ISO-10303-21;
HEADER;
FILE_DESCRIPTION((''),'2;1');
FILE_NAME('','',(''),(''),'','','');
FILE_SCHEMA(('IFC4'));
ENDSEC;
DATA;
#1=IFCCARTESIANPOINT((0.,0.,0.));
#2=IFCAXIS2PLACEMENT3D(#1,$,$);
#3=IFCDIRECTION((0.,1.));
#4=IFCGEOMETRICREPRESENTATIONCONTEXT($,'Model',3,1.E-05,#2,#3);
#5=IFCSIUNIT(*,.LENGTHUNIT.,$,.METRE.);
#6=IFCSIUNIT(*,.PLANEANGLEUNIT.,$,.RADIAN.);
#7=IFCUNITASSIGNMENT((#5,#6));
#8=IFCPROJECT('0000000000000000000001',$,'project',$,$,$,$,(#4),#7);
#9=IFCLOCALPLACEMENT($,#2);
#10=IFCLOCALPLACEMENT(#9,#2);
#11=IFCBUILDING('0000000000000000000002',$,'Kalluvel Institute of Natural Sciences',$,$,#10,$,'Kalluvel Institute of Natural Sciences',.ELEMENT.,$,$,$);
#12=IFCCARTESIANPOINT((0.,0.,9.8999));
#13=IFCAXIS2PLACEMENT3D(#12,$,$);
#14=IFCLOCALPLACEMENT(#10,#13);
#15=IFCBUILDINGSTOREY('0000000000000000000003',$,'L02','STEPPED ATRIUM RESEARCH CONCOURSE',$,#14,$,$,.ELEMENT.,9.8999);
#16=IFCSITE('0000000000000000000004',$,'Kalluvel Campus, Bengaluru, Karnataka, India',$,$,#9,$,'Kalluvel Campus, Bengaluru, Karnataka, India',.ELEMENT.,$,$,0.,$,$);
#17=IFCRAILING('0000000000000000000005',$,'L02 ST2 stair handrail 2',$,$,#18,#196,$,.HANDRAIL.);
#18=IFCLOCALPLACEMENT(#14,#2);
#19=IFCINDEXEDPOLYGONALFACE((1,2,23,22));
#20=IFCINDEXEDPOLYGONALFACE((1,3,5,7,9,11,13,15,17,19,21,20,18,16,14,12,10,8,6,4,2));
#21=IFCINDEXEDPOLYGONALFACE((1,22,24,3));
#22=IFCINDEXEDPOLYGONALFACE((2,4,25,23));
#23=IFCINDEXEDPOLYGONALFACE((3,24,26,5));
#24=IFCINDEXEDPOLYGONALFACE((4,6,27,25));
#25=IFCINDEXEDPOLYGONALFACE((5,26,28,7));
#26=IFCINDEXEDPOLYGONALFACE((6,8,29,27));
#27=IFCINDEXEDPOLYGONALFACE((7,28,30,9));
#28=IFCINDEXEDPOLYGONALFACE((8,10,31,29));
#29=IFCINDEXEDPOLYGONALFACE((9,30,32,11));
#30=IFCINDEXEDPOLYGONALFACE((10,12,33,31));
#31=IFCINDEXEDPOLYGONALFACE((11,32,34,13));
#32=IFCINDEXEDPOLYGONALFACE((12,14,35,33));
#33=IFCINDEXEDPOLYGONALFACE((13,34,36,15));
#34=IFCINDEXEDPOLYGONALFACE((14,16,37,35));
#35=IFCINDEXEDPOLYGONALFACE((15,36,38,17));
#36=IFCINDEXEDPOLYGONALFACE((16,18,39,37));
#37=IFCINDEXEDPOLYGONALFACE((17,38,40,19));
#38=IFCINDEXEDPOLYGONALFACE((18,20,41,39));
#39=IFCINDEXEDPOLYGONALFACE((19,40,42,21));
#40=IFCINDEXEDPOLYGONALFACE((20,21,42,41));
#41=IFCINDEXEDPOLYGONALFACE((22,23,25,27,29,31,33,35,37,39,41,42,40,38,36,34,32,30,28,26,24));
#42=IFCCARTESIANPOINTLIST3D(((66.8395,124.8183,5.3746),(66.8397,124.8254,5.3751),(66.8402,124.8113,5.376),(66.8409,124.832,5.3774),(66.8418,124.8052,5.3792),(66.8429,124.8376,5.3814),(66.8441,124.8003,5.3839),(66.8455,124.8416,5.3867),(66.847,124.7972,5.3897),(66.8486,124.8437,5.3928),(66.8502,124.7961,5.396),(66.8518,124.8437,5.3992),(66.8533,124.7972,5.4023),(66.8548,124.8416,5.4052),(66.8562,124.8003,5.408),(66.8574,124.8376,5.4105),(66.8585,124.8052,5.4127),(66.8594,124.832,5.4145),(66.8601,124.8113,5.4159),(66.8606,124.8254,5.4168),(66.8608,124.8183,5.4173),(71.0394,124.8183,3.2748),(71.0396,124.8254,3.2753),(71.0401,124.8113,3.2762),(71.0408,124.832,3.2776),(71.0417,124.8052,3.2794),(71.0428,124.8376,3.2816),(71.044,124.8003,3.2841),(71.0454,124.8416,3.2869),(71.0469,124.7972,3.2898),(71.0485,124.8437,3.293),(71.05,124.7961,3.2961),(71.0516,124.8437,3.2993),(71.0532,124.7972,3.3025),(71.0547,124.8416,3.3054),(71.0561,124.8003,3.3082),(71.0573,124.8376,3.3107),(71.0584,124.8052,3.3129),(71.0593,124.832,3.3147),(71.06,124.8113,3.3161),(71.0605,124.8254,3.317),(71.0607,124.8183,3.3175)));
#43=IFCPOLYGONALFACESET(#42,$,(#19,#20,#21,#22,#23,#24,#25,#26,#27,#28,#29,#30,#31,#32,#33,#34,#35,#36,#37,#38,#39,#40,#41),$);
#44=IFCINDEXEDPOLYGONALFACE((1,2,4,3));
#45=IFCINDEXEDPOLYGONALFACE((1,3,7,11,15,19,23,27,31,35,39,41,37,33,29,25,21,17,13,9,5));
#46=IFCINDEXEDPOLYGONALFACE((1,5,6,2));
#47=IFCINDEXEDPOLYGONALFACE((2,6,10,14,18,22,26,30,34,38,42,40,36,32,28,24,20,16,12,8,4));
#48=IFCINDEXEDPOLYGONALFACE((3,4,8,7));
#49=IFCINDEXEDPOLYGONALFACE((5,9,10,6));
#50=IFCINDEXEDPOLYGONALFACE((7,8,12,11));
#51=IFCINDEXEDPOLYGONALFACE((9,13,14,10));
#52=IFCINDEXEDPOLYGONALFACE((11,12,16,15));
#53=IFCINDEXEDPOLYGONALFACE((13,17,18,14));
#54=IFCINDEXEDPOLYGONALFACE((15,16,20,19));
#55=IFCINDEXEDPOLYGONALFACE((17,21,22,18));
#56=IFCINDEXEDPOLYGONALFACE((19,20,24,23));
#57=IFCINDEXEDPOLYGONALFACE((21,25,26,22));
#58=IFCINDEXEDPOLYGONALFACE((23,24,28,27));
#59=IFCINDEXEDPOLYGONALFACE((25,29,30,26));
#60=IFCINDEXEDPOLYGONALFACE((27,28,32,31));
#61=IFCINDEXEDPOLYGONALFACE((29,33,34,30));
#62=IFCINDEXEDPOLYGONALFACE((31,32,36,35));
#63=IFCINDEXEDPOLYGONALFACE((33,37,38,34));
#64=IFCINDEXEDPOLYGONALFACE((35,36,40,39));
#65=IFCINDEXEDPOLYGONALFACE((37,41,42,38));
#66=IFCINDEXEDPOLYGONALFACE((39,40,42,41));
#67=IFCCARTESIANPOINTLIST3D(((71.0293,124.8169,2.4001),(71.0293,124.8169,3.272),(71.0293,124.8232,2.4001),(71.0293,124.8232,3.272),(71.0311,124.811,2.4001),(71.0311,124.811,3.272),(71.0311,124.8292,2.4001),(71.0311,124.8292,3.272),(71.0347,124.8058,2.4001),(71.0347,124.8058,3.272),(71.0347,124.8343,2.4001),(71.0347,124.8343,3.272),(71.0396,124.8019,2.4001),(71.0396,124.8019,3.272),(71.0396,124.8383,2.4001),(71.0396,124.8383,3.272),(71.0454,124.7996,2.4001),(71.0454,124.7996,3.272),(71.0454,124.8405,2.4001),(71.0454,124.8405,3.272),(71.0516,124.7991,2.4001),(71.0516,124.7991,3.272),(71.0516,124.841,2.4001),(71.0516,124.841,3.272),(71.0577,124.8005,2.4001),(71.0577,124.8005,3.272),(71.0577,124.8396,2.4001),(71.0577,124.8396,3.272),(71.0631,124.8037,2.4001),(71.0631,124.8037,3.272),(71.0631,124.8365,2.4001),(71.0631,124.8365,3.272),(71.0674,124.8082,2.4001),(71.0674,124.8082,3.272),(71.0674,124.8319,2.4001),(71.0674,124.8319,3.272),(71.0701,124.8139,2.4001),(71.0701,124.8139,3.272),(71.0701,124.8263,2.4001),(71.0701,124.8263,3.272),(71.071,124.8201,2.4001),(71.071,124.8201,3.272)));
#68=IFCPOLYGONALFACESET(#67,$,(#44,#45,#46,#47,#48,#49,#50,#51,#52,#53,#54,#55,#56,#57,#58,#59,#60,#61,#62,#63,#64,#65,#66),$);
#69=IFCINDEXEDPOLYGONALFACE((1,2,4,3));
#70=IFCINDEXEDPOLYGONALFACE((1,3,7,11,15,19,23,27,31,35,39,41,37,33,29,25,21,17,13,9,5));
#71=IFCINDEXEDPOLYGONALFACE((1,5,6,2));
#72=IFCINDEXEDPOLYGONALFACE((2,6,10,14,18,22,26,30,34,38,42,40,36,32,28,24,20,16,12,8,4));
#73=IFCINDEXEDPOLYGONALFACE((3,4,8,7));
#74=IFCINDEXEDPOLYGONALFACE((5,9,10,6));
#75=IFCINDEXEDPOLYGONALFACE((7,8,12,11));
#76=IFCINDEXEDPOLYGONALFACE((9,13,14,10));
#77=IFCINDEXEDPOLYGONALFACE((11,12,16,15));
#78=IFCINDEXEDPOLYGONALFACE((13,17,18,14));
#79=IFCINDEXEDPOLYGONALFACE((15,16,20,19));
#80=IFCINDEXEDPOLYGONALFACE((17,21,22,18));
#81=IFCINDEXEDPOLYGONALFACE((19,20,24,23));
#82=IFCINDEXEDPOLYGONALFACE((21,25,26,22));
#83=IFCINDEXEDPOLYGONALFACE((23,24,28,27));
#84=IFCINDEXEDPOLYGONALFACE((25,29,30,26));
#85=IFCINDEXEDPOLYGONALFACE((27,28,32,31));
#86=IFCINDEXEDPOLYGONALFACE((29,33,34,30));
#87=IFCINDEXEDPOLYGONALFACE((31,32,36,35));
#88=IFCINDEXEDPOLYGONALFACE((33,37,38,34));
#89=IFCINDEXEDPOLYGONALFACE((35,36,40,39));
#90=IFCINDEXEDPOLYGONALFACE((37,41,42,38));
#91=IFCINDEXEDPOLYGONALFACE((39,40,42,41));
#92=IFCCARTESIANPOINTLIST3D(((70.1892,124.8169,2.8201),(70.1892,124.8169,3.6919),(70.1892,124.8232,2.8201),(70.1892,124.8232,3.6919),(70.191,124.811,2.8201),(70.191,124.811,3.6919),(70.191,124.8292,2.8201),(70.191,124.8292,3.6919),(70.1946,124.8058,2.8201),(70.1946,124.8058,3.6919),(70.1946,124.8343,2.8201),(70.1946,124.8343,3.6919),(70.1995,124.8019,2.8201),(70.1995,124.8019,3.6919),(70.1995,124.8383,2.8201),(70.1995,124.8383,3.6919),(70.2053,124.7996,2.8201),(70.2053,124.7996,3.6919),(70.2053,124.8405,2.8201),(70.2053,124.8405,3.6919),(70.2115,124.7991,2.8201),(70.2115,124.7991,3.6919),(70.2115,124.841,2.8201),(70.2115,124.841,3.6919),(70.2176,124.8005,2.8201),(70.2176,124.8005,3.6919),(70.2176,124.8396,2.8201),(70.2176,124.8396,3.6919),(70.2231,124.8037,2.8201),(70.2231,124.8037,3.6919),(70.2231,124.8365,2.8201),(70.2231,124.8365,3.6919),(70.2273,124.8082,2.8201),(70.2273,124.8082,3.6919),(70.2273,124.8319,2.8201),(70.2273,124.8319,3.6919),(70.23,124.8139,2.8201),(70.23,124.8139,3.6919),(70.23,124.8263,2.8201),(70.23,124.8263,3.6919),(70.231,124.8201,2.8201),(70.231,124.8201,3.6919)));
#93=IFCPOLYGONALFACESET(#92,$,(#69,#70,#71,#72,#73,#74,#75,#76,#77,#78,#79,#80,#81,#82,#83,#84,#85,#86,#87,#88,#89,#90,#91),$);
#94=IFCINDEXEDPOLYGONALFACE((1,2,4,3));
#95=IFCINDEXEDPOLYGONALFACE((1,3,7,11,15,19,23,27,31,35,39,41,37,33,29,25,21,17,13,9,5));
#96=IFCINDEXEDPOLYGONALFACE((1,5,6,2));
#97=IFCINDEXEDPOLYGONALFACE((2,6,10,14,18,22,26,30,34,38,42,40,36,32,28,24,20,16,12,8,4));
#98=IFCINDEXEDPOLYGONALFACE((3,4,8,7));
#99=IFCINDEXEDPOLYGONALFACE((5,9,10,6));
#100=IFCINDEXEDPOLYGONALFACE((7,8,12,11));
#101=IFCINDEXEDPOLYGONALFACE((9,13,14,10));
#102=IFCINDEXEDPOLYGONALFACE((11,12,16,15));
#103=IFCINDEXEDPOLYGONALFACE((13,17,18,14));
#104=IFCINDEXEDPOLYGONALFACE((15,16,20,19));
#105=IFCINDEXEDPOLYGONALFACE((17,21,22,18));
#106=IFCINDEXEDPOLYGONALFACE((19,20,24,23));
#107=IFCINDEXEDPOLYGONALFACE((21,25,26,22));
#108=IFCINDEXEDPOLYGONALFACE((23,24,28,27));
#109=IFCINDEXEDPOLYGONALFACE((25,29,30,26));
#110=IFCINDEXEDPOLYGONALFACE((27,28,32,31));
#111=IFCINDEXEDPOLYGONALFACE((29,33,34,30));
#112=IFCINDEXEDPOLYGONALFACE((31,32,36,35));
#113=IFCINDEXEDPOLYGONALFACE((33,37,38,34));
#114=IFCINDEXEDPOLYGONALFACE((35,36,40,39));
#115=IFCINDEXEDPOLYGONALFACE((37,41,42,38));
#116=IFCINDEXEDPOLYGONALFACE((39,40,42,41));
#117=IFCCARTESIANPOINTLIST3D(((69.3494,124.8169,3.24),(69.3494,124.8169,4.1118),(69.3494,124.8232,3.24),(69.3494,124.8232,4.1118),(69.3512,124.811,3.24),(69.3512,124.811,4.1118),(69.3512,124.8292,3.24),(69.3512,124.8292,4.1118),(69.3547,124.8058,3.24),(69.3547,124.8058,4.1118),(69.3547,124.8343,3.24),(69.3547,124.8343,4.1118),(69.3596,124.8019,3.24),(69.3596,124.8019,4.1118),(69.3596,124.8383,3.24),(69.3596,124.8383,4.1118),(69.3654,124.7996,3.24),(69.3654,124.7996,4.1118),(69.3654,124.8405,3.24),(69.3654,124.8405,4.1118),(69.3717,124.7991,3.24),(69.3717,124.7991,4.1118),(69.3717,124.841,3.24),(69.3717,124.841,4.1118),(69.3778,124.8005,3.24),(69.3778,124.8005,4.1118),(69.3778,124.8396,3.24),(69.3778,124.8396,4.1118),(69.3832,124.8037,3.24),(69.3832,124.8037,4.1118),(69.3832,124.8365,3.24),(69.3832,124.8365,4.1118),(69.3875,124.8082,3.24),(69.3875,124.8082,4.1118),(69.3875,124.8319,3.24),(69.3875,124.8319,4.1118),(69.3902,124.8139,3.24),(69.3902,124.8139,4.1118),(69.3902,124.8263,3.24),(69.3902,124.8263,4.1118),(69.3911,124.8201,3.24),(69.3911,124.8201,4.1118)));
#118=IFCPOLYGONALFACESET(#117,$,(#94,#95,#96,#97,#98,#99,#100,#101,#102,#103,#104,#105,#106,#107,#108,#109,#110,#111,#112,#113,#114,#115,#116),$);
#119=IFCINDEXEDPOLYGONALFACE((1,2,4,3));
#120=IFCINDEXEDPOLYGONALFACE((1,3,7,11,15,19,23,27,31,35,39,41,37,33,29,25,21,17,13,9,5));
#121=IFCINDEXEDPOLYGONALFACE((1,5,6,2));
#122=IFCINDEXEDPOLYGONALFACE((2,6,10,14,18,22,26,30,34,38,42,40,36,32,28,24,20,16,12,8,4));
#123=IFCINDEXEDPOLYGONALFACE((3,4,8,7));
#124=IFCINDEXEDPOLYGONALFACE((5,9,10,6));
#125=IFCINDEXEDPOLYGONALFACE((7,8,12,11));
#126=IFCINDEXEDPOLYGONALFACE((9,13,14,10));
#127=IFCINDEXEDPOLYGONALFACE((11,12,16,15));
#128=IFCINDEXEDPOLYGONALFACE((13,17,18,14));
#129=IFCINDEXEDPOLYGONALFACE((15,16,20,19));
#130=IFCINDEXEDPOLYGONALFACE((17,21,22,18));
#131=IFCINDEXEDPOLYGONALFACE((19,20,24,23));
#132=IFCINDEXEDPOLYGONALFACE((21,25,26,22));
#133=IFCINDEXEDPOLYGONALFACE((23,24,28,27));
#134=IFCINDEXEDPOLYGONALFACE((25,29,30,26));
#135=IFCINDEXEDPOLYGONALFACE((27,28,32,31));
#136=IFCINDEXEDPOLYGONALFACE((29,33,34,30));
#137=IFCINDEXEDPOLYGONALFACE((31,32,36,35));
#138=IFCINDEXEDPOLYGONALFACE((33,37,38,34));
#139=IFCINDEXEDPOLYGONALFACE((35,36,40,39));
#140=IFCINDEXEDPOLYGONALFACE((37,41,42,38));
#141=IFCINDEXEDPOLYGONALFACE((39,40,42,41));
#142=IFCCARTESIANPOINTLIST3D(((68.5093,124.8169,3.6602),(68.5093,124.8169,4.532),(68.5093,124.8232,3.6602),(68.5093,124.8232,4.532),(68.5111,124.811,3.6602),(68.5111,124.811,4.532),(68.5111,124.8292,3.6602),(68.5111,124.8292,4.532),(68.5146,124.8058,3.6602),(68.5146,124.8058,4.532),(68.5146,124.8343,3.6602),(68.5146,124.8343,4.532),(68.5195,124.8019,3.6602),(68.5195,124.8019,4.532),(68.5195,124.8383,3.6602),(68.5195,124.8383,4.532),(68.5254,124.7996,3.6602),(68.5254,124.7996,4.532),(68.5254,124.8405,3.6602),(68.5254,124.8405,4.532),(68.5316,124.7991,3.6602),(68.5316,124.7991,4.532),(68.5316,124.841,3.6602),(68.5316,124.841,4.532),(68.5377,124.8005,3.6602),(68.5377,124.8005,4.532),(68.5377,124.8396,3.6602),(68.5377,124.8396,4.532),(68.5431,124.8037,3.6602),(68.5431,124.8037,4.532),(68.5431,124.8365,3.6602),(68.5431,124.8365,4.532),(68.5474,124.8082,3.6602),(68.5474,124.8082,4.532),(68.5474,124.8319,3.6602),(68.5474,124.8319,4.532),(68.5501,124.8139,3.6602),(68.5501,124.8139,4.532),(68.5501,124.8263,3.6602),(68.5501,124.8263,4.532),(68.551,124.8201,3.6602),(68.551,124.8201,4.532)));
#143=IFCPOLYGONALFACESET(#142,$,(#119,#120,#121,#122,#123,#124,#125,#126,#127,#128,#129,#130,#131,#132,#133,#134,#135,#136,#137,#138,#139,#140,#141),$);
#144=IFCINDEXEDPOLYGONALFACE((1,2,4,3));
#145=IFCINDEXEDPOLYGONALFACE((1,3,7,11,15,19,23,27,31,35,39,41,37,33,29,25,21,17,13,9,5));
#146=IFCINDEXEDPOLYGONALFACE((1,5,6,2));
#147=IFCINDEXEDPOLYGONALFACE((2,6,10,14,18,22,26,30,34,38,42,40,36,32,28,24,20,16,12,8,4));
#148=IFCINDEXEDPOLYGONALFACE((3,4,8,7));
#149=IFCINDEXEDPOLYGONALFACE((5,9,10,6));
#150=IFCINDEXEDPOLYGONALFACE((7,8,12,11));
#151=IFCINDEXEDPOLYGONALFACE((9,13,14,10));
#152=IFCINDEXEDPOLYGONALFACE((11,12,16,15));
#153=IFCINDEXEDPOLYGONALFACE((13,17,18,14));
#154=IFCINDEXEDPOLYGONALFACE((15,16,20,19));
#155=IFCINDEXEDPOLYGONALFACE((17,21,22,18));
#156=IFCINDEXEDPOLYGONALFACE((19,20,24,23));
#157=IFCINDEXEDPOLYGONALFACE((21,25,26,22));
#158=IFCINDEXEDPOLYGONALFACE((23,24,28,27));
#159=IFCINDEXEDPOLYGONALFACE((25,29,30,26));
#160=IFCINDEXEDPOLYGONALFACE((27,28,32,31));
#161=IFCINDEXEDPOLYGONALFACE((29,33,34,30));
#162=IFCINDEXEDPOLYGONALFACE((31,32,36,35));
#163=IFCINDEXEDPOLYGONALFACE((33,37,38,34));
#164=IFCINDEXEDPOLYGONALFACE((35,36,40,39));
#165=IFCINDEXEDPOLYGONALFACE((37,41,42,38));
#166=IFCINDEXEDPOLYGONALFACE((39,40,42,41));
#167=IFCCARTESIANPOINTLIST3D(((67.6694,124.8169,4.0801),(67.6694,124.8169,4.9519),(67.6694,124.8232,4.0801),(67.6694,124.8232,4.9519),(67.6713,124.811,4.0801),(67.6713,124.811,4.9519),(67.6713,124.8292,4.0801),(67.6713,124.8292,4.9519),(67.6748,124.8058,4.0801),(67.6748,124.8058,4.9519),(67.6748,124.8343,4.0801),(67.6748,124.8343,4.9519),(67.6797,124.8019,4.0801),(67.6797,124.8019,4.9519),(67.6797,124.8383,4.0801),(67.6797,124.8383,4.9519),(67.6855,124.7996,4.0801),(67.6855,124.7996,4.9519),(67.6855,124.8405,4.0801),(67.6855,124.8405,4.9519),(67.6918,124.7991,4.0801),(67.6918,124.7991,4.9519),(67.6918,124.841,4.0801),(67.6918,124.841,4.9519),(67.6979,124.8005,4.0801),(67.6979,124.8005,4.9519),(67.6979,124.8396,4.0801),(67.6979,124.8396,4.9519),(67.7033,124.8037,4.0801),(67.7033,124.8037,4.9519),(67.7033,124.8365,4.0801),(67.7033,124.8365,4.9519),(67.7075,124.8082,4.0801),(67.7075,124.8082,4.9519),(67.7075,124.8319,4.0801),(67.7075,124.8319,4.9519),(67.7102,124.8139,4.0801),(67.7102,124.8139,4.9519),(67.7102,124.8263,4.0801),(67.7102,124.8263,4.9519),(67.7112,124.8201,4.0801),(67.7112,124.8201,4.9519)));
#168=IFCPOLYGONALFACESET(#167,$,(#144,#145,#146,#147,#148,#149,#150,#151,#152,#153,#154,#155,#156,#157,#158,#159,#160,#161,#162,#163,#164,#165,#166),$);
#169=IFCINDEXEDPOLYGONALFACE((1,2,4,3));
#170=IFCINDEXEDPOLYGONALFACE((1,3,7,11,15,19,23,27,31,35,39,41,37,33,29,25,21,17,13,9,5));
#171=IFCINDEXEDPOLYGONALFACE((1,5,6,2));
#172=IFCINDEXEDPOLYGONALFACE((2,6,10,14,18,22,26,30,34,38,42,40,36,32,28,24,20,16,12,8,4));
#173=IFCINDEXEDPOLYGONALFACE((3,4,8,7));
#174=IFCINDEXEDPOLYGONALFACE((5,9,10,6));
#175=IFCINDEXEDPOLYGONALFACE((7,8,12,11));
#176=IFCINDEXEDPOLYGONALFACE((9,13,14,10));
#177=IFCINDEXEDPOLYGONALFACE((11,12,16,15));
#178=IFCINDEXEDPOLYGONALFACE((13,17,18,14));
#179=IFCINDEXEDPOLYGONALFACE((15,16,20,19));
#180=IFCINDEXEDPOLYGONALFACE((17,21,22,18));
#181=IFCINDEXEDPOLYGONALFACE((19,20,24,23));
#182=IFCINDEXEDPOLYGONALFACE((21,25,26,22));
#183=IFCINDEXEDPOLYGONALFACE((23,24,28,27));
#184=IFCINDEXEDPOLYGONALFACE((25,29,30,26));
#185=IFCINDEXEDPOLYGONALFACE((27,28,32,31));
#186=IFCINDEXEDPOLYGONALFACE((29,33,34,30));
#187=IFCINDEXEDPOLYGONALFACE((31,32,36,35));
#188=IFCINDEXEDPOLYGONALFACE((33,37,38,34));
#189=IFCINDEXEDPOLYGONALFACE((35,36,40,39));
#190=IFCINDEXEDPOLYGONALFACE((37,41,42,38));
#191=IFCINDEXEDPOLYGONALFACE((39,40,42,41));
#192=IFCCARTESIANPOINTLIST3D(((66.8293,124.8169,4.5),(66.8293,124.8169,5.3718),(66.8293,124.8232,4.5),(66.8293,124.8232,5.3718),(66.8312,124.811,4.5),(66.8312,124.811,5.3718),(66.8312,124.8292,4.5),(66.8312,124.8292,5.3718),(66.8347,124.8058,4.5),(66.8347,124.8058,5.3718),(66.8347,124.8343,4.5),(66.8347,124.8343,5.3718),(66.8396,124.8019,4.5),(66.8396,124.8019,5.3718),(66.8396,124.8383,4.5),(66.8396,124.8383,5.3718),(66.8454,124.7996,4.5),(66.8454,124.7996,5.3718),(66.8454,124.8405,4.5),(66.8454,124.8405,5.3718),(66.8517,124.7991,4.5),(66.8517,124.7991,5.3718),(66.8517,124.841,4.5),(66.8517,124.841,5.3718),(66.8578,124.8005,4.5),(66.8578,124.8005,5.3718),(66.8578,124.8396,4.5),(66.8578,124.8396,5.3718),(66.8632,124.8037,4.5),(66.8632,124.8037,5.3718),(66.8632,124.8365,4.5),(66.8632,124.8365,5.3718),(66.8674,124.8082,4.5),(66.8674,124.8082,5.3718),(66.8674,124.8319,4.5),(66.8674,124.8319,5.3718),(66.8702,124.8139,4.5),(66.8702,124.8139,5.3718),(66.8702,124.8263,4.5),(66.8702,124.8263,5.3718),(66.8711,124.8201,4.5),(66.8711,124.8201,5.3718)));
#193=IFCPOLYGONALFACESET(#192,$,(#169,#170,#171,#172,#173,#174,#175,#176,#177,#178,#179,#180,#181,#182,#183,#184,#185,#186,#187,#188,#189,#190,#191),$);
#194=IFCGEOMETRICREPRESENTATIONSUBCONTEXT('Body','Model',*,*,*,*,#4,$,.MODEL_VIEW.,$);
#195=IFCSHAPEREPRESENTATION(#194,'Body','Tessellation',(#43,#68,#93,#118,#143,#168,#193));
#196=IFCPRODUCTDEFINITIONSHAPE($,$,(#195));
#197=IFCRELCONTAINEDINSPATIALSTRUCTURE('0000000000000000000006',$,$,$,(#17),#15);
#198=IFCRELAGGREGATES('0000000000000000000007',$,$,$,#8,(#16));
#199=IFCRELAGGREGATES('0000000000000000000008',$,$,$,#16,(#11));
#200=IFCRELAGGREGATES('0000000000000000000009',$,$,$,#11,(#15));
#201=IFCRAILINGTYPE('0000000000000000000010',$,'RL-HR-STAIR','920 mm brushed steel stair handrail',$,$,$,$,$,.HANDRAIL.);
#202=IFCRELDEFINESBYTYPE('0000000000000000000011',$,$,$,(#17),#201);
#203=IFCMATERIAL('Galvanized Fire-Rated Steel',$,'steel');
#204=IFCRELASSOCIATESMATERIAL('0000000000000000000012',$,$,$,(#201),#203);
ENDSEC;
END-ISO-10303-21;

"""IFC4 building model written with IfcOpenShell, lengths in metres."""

from ifc_helpers import new_model, si_unit, direction, frame, origin, origin_2d, place, context, subcontext, project, spatial, circle, extrude, material, type_object, element, save


model = new_model("IFC4")

# Units and contexts
model_context = context("Model", 3, precision=1e-05, world=origin(), true_north=direction((0.0, 1.0)))
body_context = subcontext(model_context, "Body", "Model", "MODEL_VIEW")
ifc_project = project(units=[si_unit("LENGTHUNIT", "METRE"), si_unit("PLANEANGLEUNIT", "RADIAN")], contexts=[model_context])

# Site, building, storey
site_placement = place(None, origin())
site = spatial("IfcSite", under=ifc_project, at=site_placement, Name="Kalluvel Campus, Bengaluru, Karnataka, India", LongName="Kalluvel Campus, Bengaluru, Karnataka, India", CompositionType="ELEMENT", RefElevation=0.0)
building_placement = place(site_placement, origin())
building = spatial("IfcBuilding", under=site, at=building_placement, Name="Kalluvel Institute of Natural Sciences", LongName="Kalluvel Institute of Natural Sciences", CompositionType="ELEMENT")
storey_placement = place(building_placement, frame((0.0, 0.0, 9.8999)))
storey = spatial("IfcBuildingStorey", under=building, at=storey_placement, Name="L02", Description="STEPPED ATRIUM RESEARCH CONCOURSE", CompositionType="ELEMENT", Elevation=9.8999)

# Shared definitions
ifc_material_1 = material(Name="Galvanized Fire-Rated Steel", Category="steel")

# Railing
railing_type_1 = type_object("IfcRailingType", Name="RL-HR-STAIR", Description="920 mm brushed steel stair handrail", PredefinedType="HANDRAIL", material=ifc_material_1)
railing_1_placement = place(storey_placement, frame((71.05, 124.8201, 2.4001)))
element("IfcRailing", 1, at=railing_1_placement, inside=storey, type_object=railing_type_1, Name="L02 ST2 stair handrail 2", PredefinedType="HANDRAIL", context=body_context, shape_type="SweptSolid", body=[
    extrude(circle(Radius=0.0239, at=origin_2d()), frame((0.0, 0.0, 0.896), z_axis=(-0.894438, 0.0, 0.447193), x_axis=(0.0, -1.0, 0.0)), (0.0, 0.0, 1.0), 4.6956),
    extrude(circle(Radius=0.021, at=origin_2d()), origin(), (0.0, 0.0, 1.0), 0.8718),
    extrude(circle(Radius=0.021, at=origin_2d()), frame((-0.8401, 0.0, 0.4199)), (0.0, 0.0, 1.0), 0.8718),
    extrude(circle(Radius=0.021, at=origin_2d()), frame((-1.6799, 0.0, 0.8398)), (0.0, 0.0, 1.0), 0.8718),
    extrude(circle(Radius=0.021, at=origin_2d()), frame((-2.52, 0.0, 1.26)), (0.0, 0.0, 1.0), 0.8718),
    extrude(circle(Radius=0.021, at=origin_2d()), frame((-3.3599, 0.0, 1.6799)), (0.0, 0.0, 1.0), 0.8718),
    extrude(circle(Radius=0.021, at=origin_2d()), frame((-4.2, 0.0, 2.0999)), (0.0, 0.0, 1.0), 0.8718),
])

save(model, "model.ifc")
